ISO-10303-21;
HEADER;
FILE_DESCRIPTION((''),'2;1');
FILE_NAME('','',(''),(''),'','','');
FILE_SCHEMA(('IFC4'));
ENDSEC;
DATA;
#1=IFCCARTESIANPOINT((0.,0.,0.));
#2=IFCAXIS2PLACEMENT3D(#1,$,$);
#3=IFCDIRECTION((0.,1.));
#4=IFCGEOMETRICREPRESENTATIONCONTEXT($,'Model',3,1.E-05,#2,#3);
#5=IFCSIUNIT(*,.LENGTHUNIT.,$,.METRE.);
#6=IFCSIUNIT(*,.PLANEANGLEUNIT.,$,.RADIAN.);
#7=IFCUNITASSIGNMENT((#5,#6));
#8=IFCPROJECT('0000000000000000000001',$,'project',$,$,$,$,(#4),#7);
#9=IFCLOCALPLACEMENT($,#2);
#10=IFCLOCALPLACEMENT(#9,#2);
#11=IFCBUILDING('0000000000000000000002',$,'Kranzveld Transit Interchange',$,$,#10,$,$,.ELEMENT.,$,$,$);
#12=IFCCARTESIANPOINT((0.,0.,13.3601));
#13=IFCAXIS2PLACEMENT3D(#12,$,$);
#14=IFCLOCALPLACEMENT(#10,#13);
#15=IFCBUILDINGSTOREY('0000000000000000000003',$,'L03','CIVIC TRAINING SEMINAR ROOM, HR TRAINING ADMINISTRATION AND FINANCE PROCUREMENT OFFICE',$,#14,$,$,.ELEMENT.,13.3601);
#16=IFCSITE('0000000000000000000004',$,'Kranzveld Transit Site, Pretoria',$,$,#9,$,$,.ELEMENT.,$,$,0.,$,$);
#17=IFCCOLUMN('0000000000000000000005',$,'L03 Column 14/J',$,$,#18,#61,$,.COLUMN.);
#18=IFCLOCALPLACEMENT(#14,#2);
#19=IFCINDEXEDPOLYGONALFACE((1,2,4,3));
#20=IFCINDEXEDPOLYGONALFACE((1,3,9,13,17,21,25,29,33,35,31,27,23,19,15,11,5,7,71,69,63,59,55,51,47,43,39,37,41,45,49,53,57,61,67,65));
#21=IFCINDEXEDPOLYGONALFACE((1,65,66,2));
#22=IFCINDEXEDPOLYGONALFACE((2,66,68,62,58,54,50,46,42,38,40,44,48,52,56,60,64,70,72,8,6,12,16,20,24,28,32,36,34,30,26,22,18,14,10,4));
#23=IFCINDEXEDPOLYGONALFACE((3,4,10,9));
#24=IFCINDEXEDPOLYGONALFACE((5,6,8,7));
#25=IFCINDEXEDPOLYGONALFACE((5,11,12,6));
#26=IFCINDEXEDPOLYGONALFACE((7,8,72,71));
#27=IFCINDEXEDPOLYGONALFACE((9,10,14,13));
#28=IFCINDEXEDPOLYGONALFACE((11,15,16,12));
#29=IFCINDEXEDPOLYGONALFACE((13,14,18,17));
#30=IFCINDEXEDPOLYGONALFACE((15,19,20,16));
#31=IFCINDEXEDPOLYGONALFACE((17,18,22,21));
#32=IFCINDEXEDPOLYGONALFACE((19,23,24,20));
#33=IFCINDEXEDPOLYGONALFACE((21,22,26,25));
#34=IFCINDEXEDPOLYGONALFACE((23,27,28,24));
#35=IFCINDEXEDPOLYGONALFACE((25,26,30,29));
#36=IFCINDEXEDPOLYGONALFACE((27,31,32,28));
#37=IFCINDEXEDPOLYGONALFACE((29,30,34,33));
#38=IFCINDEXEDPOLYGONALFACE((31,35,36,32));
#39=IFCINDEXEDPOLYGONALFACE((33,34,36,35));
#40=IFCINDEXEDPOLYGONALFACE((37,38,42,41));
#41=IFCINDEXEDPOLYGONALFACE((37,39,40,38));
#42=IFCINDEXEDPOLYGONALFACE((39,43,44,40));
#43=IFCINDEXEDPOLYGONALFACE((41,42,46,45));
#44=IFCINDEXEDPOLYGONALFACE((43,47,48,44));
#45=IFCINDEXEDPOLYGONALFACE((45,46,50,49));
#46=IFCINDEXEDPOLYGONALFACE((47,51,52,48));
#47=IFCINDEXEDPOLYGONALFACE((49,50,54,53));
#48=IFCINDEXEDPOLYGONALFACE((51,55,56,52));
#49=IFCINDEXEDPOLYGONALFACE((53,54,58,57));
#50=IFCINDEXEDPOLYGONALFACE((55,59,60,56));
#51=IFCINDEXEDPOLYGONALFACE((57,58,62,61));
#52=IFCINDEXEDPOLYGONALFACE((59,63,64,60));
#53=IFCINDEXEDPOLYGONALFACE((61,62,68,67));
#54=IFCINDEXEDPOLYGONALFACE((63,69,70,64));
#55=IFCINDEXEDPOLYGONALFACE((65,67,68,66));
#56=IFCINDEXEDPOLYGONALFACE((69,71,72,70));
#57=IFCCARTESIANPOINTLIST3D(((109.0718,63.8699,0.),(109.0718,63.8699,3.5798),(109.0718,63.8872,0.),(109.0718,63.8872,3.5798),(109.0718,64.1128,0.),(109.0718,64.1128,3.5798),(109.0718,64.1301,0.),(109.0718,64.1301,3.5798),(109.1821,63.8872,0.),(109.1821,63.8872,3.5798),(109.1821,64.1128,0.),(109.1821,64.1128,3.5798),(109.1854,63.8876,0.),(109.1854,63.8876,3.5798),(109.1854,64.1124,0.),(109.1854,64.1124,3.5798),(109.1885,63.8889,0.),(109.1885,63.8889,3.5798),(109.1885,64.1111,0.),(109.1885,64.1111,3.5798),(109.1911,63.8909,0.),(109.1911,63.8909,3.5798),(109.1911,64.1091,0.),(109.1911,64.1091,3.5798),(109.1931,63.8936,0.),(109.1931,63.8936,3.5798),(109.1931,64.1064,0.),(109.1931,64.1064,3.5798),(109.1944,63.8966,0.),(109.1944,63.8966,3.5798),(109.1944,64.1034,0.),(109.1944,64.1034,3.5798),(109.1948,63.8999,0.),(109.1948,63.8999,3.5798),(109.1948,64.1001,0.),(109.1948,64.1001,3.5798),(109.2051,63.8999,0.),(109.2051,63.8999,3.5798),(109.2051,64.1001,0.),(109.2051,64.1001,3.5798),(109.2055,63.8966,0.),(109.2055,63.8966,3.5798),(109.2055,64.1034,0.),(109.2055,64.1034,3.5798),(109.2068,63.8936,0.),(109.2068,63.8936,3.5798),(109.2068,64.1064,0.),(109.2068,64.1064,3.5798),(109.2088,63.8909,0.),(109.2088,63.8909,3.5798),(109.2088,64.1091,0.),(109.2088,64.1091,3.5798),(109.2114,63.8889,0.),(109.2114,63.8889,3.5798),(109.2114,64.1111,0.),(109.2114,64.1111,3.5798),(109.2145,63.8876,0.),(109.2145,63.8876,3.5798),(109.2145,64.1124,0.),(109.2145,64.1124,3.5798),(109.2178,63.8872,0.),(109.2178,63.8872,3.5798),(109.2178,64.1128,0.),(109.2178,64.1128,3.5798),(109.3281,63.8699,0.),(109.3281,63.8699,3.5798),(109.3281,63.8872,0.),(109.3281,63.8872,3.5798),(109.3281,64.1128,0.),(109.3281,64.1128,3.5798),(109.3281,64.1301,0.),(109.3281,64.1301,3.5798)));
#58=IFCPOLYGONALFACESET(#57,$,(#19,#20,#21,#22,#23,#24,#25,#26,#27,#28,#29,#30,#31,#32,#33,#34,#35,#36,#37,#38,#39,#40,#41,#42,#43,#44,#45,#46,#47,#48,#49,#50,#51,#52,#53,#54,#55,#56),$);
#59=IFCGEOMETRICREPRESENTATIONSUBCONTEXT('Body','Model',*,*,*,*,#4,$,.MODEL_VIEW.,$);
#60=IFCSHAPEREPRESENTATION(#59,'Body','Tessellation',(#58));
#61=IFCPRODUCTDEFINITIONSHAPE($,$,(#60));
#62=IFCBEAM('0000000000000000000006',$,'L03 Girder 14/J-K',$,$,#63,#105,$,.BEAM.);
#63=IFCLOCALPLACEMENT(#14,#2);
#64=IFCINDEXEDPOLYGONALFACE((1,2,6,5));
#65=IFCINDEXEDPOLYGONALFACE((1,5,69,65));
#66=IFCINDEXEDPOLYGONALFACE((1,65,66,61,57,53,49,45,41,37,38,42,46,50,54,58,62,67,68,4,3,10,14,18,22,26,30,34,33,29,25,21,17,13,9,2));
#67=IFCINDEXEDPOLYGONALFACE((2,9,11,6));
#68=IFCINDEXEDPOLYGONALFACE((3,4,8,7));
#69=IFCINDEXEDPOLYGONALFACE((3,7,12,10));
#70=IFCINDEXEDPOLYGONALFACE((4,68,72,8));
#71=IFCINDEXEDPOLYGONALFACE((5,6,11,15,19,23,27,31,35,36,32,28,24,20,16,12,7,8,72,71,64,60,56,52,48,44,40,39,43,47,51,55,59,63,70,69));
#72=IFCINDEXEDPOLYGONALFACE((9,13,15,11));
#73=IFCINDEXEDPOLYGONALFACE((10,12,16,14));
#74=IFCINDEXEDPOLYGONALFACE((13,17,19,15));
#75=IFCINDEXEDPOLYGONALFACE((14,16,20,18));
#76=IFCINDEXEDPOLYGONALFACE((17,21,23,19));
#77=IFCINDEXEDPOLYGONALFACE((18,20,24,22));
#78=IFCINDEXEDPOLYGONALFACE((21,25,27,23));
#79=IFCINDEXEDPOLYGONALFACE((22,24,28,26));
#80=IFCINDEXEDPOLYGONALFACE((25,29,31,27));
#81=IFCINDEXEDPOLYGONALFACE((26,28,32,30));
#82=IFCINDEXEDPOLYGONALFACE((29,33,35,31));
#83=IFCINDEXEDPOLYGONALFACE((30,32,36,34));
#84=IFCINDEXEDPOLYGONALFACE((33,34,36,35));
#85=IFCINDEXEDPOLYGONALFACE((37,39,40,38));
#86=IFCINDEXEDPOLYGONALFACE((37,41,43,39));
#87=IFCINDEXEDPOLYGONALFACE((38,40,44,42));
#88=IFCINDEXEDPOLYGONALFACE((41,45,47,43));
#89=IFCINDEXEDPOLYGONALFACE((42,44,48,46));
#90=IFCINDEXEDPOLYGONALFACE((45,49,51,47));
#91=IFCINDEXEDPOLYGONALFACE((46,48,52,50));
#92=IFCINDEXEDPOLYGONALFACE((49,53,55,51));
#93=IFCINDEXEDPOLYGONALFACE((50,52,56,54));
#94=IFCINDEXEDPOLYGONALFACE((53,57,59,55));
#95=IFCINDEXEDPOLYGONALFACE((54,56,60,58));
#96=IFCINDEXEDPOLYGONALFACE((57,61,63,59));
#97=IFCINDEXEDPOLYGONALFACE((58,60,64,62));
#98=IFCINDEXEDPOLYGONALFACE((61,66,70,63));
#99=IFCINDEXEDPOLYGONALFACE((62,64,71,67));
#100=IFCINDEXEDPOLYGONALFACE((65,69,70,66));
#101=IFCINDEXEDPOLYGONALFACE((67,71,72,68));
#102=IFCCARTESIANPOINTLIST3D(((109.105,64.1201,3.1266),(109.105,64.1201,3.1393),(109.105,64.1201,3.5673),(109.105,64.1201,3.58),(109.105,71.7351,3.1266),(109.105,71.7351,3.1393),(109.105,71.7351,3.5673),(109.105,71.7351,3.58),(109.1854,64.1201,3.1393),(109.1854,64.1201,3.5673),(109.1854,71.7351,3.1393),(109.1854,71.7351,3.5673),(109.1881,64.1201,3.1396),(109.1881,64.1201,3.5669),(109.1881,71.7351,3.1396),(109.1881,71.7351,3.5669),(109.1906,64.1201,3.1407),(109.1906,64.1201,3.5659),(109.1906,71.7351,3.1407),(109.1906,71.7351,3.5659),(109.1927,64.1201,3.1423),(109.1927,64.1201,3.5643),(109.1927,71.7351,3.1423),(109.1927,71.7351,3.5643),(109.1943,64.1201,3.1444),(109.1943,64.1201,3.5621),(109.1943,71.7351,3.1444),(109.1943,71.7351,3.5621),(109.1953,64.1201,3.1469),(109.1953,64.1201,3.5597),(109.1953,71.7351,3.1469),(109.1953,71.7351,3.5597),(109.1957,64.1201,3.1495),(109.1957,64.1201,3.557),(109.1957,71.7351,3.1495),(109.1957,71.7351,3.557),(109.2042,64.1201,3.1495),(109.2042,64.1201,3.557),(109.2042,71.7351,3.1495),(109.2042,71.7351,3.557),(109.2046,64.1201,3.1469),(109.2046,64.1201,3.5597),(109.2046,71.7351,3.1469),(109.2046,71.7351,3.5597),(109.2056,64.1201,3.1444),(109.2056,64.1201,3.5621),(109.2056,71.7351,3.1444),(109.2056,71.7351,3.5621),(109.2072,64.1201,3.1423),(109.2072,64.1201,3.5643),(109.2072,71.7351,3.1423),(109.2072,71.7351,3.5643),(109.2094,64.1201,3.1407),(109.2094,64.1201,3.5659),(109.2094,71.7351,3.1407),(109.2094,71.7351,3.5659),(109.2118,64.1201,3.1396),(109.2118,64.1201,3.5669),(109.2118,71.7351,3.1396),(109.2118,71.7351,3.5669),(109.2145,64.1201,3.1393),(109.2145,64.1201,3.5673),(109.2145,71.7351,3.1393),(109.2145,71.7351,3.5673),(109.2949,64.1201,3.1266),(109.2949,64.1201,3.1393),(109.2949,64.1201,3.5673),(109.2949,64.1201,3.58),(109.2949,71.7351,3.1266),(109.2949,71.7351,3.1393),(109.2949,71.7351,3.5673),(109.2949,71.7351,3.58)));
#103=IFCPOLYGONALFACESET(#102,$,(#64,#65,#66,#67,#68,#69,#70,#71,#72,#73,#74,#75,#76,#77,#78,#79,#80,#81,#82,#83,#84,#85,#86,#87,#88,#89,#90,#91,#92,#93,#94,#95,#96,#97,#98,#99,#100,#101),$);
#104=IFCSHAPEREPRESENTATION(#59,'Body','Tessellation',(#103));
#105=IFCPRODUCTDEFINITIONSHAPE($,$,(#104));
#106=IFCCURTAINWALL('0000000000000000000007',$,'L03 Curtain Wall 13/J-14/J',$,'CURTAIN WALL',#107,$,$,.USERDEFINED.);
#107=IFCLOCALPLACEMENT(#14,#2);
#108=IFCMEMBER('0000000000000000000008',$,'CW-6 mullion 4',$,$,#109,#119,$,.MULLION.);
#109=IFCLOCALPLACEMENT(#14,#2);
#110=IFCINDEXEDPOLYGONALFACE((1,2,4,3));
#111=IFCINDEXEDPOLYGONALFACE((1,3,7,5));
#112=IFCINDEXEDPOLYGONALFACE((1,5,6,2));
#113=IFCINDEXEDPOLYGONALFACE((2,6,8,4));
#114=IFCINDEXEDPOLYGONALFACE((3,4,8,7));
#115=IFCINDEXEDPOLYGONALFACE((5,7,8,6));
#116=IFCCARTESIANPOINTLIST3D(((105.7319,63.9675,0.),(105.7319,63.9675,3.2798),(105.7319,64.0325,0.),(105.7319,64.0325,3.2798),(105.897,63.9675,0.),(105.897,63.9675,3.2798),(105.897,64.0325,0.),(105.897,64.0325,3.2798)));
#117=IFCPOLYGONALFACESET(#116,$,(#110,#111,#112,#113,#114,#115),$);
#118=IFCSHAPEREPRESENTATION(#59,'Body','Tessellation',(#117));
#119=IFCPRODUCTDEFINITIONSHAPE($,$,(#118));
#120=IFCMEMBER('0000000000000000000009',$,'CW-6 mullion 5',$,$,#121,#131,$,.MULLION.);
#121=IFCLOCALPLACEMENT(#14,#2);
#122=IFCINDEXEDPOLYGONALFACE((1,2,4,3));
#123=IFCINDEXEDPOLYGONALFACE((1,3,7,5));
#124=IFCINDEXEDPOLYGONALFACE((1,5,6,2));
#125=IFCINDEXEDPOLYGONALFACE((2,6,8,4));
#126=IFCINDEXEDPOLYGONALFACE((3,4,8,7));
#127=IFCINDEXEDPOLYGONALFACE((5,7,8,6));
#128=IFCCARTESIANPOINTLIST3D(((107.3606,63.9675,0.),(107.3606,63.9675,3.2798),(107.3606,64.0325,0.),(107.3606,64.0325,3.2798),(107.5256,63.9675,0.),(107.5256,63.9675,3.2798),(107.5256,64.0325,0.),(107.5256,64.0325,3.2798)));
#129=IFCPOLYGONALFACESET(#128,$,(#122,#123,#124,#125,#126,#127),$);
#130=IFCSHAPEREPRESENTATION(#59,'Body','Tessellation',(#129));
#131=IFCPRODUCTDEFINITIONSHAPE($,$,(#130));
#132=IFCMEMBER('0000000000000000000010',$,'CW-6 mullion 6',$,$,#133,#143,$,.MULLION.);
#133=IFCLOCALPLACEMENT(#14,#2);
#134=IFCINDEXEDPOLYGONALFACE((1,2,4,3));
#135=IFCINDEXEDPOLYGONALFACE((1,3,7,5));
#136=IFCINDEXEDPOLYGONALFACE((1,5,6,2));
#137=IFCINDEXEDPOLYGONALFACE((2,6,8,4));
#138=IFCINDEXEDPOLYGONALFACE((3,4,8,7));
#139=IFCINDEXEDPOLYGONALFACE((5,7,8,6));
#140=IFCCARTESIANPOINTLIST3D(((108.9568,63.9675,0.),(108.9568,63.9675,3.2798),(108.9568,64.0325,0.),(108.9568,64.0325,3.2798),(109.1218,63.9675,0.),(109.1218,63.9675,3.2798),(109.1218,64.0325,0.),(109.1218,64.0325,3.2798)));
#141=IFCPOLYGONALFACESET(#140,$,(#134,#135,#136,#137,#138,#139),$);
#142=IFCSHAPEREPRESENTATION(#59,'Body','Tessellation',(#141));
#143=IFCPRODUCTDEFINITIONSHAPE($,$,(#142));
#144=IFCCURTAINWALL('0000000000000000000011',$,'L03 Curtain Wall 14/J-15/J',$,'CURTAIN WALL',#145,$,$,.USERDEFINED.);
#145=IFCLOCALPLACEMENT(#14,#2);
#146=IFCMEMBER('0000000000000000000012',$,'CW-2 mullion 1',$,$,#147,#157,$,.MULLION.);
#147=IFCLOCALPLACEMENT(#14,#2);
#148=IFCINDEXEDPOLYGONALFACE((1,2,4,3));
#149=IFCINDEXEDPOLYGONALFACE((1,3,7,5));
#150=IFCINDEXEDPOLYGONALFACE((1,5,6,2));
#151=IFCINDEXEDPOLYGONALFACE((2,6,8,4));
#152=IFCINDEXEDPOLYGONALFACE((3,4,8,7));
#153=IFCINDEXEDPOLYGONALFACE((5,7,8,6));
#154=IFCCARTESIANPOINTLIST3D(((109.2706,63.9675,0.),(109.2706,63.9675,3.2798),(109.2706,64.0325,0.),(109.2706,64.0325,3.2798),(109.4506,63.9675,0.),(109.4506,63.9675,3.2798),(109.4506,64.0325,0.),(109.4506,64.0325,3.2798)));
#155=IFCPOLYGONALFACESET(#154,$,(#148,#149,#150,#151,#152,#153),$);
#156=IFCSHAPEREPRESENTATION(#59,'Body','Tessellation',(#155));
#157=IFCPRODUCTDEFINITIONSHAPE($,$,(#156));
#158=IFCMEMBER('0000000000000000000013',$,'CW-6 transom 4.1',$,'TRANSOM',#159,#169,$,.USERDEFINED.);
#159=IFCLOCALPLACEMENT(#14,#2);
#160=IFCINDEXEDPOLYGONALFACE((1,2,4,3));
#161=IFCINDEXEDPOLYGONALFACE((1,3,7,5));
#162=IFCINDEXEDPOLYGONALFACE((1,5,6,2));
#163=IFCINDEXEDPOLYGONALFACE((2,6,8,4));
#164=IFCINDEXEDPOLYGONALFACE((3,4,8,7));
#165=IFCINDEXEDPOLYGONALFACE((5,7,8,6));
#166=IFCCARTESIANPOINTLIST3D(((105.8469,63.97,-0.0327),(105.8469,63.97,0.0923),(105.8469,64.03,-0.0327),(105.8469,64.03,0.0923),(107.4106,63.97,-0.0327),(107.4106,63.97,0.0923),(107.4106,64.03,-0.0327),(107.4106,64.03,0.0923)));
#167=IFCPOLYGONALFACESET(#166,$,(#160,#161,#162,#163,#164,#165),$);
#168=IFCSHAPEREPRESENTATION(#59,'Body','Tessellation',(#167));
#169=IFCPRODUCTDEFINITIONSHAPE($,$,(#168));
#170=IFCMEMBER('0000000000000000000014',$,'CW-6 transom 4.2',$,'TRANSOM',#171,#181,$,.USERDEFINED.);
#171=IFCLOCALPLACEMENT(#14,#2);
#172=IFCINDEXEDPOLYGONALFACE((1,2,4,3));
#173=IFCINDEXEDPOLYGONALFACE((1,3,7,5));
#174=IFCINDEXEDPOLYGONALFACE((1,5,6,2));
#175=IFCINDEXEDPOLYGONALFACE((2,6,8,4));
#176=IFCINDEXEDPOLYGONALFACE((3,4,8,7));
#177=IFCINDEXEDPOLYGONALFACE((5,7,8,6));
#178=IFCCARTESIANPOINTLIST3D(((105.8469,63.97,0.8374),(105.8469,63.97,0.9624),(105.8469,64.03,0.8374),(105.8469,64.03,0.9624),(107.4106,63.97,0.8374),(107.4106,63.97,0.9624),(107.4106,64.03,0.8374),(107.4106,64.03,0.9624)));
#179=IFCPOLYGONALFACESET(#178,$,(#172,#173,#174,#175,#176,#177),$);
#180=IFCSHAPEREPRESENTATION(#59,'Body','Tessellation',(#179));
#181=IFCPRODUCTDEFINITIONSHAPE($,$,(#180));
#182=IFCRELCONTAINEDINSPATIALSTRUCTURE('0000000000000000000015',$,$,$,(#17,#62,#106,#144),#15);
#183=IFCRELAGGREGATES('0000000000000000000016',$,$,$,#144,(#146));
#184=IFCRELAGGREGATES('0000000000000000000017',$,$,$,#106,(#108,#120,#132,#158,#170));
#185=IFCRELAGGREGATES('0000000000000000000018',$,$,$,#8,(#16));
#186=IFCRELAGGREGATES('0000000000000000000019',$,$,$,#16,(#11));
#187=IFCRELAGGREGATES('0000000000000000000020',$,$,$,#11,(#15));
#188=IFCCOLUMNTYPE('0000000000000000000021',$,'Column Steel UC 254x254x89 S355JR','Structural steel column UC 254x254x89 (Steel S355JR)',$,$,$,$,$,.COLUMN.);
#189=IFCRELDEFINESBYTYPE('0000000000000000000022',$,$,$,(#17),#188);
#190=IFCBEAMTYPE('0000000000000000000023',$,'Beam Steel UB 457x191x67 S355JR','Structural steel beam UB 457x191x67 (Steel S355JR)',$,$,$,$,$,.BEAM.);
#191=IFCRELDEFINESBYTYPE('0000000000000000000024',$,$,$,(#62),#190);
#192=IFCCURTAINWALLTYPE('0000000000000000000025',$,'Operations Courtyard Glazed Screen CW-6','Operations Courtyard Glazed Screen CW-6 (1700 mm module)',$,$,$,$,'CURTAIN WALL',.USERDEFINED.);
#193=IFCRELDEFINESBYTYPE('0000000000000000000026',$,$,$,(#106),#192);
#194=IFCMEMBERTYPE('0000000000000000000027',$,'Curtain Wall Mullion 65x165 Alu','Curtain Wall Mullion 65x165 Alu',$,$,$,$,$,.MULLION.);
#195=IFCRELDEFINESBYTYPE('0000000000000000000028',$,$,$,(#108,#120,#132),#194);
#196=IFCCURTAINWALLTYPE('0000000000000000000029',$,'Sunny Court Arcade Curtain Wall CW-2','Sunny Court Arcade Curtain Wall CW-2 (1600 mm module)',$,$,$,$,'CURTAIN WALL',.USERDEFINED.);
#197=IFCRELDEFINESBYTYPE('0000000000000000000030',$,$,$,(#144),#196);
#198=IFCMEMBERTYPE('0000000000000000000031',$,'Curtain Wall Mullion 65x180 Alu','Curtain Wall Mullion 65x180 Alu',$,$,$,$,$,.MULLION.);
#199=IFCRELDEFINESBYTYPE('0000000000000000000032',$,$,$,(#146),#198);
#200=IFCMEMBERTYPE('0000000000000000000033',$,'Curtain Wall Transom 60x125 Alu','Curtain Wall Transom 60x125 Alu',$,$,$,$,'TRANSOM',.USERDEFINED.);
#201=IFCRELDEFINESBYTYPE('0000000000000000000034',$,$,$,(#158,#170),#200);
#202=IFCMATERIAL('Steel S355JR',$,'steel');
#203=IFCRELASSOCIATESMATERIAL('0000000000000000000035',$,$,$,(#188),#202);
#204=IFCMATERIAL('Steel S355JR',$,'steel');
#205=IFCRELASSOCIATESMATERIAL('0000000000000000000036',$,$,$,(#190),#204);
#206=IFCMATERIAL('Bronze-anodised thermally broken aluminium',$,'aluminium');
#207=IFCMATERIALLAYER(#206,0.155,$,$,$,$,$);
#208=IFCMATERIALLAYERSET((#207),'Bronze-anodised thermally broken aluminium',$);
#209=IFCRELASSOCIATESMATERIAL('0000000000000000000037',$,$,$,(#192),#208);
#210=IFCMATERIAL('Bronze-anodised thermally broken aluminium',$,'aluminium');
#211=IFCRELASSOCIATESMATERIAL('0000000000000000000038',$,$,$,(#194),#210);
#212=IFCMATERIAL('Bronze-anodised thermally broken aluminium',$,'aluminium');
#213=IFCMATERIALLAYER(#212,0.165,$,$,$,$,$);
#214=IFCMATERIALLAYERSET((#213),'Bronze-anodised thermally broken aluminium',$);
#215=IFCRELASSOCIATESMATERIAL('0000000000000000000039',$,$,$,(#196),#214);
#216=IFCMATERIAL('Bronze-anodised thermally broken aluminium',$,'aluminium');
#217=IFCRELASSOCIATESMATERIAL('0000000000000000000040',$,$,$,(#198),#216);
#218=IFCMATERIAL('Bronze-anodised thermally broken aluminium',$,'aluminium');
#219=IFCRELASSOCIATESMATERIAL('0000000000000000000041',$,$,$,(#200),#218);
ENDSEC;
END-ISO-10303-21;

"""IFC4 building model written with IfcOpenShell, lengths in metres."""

from ifc_helpers import new_model, si_unit, direction, frame, origin, origin_2d, place, context, subcontext, project, spatial, rectangle, i_section, extrude, material, layer, layer_set, material_profile, profile_set, type_object, element, aggregate, save


model = new_model("IFC4")

# Units and contexts
model_context = context("Model", 3, precision=1e-05, world=origin(), true_north=direction((0.0, 1.0)))
body_context = subcontext(model_context, "Body", "Model", "MODEL_VIEW")
ifc_project = project(units=[si_unit("LENGTHUNIT", "METRE"), si_unit("PLANEANGLEUNIT", "RADIAN")], contexts=[model_context])

# Site, building, storey
site_placement = place(None, origin())
site = spatial("IfcSite", under=ifc_project, at=site_placement, Name="Kranzveld Transit Site, Pretoria", CompositionType="ELEMENT", RefElevation=0.0)
building_placement = place(site_placement, origin())
building = spatial("IfcBuilding", under=site, at=building_placement, Name="Kranzveld Transit Interchange", CompositionType="ELEMENT")
storey_placement = place(building_placement, frame((0.0, 0.0, 13.3601)))
storey = spatial("IfcBuildingStorey", under=building, at=storey_placement, Name="L03", Description="CIVIC TRAINING SEMINAR ROOM, HR TRAINING ADMINISTRATION AND FINANCE PROCUREMENT OFFICE", CompositionType="ELEMENT", Elevation=13.3601)

# Column
ifc_material_1 = material(Name="Steel S355JR", Category="steel")
ifc_material_profile_1 = material_profile(ifc_material_1, i_section(OverallWidth=0.2563, OverallDepth=0.2603, WebThickness=0.0103, FlangeThickness=0.0173, FilletRadius=0.0127, at=origin_2d()), Name="UC 254x254x89")
ifc_profile_set_1 = profile_set([ifc_material_profile_1], Name="Steel S355JR")
column_type = type_object("IfcColumnType", Name="Column Steel UC 254x254x89 S355JR", Description="Structural steel column UC 254x254x89 (Steel S355JR)", PredefinedType="COLUMN", material=ifc_profile_set_1)
column_placement = place(storey_placement, frame((109.2, 64.0, 0.0), z_axis=(0.0, 0.0, 1.0), x_axis=(1.0, 0.0, 0.0)))
element("IfcColumn", 1, at=column_placement, inside=storey, type_object=column_type, Name="L03 Column 14/J", PredefinedType="COLUMN", context=body_context, shape_type="SweptSolid", body=[
    extrude(i_section(OverallWidth=0.2563, OverallDepth=0.2603, WebThickness=0.0103, FlangeThickness=0.0173, FilletRadius=0.0127, at=origin_2d()), origin(), (0.0, 0.0, 1.0), 3.5798),
])

# Beam
ifc_material_2 = material(Name="Steel S355JR", Category="steel")
ifc_material_profile_2 = material_profile(ifc_material_2, i_section(OverallWidth=0.1899, OverallDepth=0.4534, WebThickness=0.0085, FlangeThickness=0.0127, FilletRadius=0.0103, at=origin_2d()), Name="UB 457x191x67")
ifc_profile_set_2 = profile_set([ifc_material_profile_2], Name="Steel S355JR")
beam_type_1 = type_object("IfcBeamType", Name="Beam Steel UB 457x191x67 S355JR", Description="Structural steel beam UB 457x191x67 (Steel S355JR)", PredefinedType="BEAM", material=ifc_profile_set_2)
beam_1_placement = place(storey_placement, frame((109.2, 64.1201, 3.3533), z_axis=(0.0, 1.0, 0.0), x_axis=(-1.0, 0.0, 0.0)))
element("IfcBeam", 2, at=beam_1_placement, inside=storey, type_object=beam_type_1, Name="L03 Girder 14/J-K", PredefinedType="BEAM", context=body_context, shape_type="SweptSolid", body=[
    extrude(i_section(OverallWidth=0.1899, OverallDepth=0.4534, WebThickness=0.0085, FlangeThickness=0.0127, FilletRadius=0.0103, at=origin_2d()), origin(), (0.0, 0.0, 1.0), 7.615),
])

# Curtain wall, members
ifc_material_3 = material(Name="Bronze-anodised thermally broken aluminium", Category="aluminium")
ifc_layer_1 = layer(ifc_material_3, 0.155)
ifc_layer_set_1 = layer_set([ifc_layer_1], Name="Bronze-anodised thermally broken aluminium")
curtain_wall_type_1 = type_object("IfcCurtainWallType", Name="Operations Courtyard Glazed Screen CW-6", Description="Operations Courtyard Glazed Screen CW-6 (1700 mm module)", ElementType="CURTAIN WALL", PredefinedType="USERDEFINED", material=ifc_layer_set_1)
curtain_wall_1_placement = place(storey_placement, origin())
curtain_wall_1 = element("IfcCurtainWall", 3, at=curtain_wall_1_placement, inside=storey, type_object=curtain_wall_type_1, Name="L03 Curtain Wall 13/J-14/J", ObjectType="CURTAIN WALL", PredefinedType="USERDEFINED")
ifc_material_4 = material(Name="Bronze-anodised thermally broken aluminium", Category="aluminium")
ifc_material_profile_3 = material_profile(ifc_material_4, rectangle(XDim=0.0649, YDim=0.165, at=origin_2d()), Name="ALU MULLION 65x165")
ifc_profile_set_3 = profile_set([ifc_material_profile_3], Name="Bronze-anodised thermally broken aluminium")
member_type_1 = type_object("IfcMemberType", Name="Curtain Wall Mullion 65x165 Alu", Description="Curtain Wall Mullion 65x165 Alu", PredefinedType="MULLION", material=ifc_profile_set_3)
member_1_placement = place(storey_placement, frame((105.8145, 64.0, 0.0), z_axis=(0.0, 0.0, 1.0), x_axis=(0.0, 1.0, 0.0)))
member_1 = element("IfcMember", 4, at=member_1_placement, type_object=member_type_1, Name="CW-6 mullion 4", PredefinedType="MULLION", context=body_context, shape_type="SweptSolid", body=[
    extrude(rectangle(XDim=0.0649, YDim=0.165, at=origin_2d()), origin(), (0.0, 0.0, 1.0), 3.2798),
])
member_2_placement = place(storey_placement, frame((107.4431, 64.0, 0.0), z_axis=(0.0, 0.0, 1.0), x_axis=(0.0, 1.0, 0.0)))
member_2 = element("IfcMember", 5, at=member_2_placement, type_object=member_type_1, Name="CW-6 mullion 5", PredefinedType="MULLION", context=body_context, shape_type="SweptSolid", body=[
    extrude(rectangle(XDim=0.0649, YDim=0.165, at=origin_2d()), origin(), (0.0, 0.0, 1.0), 3.2798),
])
member_3_placement = place(storey_placement, frame((109.0393, 64.0, 0.0), z_axis=(0.0, 0.0, 1.0), x_axis=(0.0, 1.0, 0.0)))
member_3 = element("IfcMember", 6, at=member_3_placement, type_object=member_type_1, Name="CW-6 mullion 6", PredefinedType="MULLION", context=body_context, shape_type="SweptSolid", body=[
    extrude(rectangle(XDim=0.0649, YDim=0.165, at=origin_2d()), origin(), (0.0, 0.0, 1.0), 3.2798),
])

# Curtain wall, member
ifc_material_5 = material(Name="Bronze-anodised thermally broken aluminium", Category="aluminium")
ifc_layer_2 = layer(ifc_material_5, 0.165)
ifc_layer_set_2 = layer_set([ifc_layer_2], Name="Bronze-anodised thermally broken aluminium")
curtain_wall_type_2 = type_object("IfcCurtainWallType", Name="Sunny Court Arcade Curtain Wall CW-2", Description="Sunny Court Arcade Curtain Wall CW-2 (1600 mm module)", ElementType="CURTAIN WALL", PredefinedType="USERDEFINED", material=ifc_layer_set_2)
curtain_wall_2_placement = place(storey_placement, origin())
curtain_wall_2 = element("IfcCurtainWall", 7, at=curtain_wall_2_placement, inside=storey, type_object=curtain_wall_type_2, Name="L03 Curtain Wall 14/J-15/J", ObjectType="CURTAIN WALL", PredefinedType="USERDEFINED")
ifc_material_6 = material(Name="Bronze-anodised thermally broken aluminium", Category="aluminium")
ifc_material_profile_4 = material_profile(ifc_material_6, rectangle(XDim=0.0649, YDim=0.1799, at=origin_2d()), Name="ALU MULLION 65x180")
ifc_profile_set_4 = profile_set([ifc_material_profile_4], Name="Bronze-anodised thermally broken aluminium")
member_type_2 = type_object("IfcMemberType", Name="Curtain Wall Mullion 65x180 Alu", Description="Curtain Wall Mullion 65x180 Alu", PredefinedType="MULLION", material=ifc_profile_set_4)
member_4_placement = place(storey_placement, frame((109.3606, 64.0, 0.0), z_axis=(0.0, 0.0, 1.0), x_axis=(0.0, 1.0, 0.0)))
member_4 = element("IfcMember", 8, at=member_4_placement, type_object=member_type_2, Name="CW-2 mullion 1", PredefinedType="MULLION", context=body_context, shape_type="SweptSolid", body=[
    extrude(rectangle(XDim=0.0649, YDim=0.1799, at=origin_2d()), origin(), (0.0, 0.0, 1.0), 3.2798),
])

# Members
ifc_material_7 = material(Name="Bronze-anodised thermally broken aluminium", Category="aluminium")
ifc_material_profile_5 = material_profile(ifc_material_7, rectangle(XDim=0.0601, YDim=0.125, at=origin_2d()), Name="ALU TRANSOM 60x125")
ifc_profile_set_5 = profile_set([ifc_material_profile_5], Name="Bronze-anodised thermally broken aluminium")
member_type_3 = type_object("IfcMemberType", Name="Curtain Wall Transom 60x125 Alu", Description="Curtain Wall Transom 60x125 Alu", ElementType="TRANSOM", PredefinedType="USERDEFINED", material=ifc_profile_set_5)
member_5_placement = place(storey_placement, frame((105.8469, 64.0, 0.0298), z_axis=(1.0, 0.0, 0.0), x_axis=(0.0, 1.0, 0.0)))
member_5 = element("IfcMember", 9, at=member_5_placement, type_object=member_type_3, Name="CW-6 transom 4.1", ObjectType="TRANSOM", PredefinedType="USERDEFINED", context=body_context, shape_type="SweptSolid", body=[
    extrude(rectangle(XDim=0.0601, YDim=0.125, at=origin_2d()), origin(), (0.0, 0.0, 1.0), 1.5637),
])
member_6_placement = place(storey_placement, frame((105.8469, 64.0, 0.8999), z_axis=(1.0, 0.0, 0.0), x_axis=(0.0, 1.0, 0.0)))
member_6 = element("IfcMember", 10, at=member_6_placement, type_object=member_type_3, Name="CW-6 transom 4.2", ObjectType="TRANSOM", PredefinedType="USERDEFINED", context=body_context, shape_type="SweptSolid", body=[
    extrude(rectangle(XDim=0.0601, YDim=0.125, at=origin_2d()), origin(), (0.0, 0.0, 1.0), 1.5637),
])
aggregate(curtain_wall_2, [member_4])

aggregate(curtain_wall_1, [member_1, member_2, member_3, member_5, member_6])

save(model, "model.ifc")
